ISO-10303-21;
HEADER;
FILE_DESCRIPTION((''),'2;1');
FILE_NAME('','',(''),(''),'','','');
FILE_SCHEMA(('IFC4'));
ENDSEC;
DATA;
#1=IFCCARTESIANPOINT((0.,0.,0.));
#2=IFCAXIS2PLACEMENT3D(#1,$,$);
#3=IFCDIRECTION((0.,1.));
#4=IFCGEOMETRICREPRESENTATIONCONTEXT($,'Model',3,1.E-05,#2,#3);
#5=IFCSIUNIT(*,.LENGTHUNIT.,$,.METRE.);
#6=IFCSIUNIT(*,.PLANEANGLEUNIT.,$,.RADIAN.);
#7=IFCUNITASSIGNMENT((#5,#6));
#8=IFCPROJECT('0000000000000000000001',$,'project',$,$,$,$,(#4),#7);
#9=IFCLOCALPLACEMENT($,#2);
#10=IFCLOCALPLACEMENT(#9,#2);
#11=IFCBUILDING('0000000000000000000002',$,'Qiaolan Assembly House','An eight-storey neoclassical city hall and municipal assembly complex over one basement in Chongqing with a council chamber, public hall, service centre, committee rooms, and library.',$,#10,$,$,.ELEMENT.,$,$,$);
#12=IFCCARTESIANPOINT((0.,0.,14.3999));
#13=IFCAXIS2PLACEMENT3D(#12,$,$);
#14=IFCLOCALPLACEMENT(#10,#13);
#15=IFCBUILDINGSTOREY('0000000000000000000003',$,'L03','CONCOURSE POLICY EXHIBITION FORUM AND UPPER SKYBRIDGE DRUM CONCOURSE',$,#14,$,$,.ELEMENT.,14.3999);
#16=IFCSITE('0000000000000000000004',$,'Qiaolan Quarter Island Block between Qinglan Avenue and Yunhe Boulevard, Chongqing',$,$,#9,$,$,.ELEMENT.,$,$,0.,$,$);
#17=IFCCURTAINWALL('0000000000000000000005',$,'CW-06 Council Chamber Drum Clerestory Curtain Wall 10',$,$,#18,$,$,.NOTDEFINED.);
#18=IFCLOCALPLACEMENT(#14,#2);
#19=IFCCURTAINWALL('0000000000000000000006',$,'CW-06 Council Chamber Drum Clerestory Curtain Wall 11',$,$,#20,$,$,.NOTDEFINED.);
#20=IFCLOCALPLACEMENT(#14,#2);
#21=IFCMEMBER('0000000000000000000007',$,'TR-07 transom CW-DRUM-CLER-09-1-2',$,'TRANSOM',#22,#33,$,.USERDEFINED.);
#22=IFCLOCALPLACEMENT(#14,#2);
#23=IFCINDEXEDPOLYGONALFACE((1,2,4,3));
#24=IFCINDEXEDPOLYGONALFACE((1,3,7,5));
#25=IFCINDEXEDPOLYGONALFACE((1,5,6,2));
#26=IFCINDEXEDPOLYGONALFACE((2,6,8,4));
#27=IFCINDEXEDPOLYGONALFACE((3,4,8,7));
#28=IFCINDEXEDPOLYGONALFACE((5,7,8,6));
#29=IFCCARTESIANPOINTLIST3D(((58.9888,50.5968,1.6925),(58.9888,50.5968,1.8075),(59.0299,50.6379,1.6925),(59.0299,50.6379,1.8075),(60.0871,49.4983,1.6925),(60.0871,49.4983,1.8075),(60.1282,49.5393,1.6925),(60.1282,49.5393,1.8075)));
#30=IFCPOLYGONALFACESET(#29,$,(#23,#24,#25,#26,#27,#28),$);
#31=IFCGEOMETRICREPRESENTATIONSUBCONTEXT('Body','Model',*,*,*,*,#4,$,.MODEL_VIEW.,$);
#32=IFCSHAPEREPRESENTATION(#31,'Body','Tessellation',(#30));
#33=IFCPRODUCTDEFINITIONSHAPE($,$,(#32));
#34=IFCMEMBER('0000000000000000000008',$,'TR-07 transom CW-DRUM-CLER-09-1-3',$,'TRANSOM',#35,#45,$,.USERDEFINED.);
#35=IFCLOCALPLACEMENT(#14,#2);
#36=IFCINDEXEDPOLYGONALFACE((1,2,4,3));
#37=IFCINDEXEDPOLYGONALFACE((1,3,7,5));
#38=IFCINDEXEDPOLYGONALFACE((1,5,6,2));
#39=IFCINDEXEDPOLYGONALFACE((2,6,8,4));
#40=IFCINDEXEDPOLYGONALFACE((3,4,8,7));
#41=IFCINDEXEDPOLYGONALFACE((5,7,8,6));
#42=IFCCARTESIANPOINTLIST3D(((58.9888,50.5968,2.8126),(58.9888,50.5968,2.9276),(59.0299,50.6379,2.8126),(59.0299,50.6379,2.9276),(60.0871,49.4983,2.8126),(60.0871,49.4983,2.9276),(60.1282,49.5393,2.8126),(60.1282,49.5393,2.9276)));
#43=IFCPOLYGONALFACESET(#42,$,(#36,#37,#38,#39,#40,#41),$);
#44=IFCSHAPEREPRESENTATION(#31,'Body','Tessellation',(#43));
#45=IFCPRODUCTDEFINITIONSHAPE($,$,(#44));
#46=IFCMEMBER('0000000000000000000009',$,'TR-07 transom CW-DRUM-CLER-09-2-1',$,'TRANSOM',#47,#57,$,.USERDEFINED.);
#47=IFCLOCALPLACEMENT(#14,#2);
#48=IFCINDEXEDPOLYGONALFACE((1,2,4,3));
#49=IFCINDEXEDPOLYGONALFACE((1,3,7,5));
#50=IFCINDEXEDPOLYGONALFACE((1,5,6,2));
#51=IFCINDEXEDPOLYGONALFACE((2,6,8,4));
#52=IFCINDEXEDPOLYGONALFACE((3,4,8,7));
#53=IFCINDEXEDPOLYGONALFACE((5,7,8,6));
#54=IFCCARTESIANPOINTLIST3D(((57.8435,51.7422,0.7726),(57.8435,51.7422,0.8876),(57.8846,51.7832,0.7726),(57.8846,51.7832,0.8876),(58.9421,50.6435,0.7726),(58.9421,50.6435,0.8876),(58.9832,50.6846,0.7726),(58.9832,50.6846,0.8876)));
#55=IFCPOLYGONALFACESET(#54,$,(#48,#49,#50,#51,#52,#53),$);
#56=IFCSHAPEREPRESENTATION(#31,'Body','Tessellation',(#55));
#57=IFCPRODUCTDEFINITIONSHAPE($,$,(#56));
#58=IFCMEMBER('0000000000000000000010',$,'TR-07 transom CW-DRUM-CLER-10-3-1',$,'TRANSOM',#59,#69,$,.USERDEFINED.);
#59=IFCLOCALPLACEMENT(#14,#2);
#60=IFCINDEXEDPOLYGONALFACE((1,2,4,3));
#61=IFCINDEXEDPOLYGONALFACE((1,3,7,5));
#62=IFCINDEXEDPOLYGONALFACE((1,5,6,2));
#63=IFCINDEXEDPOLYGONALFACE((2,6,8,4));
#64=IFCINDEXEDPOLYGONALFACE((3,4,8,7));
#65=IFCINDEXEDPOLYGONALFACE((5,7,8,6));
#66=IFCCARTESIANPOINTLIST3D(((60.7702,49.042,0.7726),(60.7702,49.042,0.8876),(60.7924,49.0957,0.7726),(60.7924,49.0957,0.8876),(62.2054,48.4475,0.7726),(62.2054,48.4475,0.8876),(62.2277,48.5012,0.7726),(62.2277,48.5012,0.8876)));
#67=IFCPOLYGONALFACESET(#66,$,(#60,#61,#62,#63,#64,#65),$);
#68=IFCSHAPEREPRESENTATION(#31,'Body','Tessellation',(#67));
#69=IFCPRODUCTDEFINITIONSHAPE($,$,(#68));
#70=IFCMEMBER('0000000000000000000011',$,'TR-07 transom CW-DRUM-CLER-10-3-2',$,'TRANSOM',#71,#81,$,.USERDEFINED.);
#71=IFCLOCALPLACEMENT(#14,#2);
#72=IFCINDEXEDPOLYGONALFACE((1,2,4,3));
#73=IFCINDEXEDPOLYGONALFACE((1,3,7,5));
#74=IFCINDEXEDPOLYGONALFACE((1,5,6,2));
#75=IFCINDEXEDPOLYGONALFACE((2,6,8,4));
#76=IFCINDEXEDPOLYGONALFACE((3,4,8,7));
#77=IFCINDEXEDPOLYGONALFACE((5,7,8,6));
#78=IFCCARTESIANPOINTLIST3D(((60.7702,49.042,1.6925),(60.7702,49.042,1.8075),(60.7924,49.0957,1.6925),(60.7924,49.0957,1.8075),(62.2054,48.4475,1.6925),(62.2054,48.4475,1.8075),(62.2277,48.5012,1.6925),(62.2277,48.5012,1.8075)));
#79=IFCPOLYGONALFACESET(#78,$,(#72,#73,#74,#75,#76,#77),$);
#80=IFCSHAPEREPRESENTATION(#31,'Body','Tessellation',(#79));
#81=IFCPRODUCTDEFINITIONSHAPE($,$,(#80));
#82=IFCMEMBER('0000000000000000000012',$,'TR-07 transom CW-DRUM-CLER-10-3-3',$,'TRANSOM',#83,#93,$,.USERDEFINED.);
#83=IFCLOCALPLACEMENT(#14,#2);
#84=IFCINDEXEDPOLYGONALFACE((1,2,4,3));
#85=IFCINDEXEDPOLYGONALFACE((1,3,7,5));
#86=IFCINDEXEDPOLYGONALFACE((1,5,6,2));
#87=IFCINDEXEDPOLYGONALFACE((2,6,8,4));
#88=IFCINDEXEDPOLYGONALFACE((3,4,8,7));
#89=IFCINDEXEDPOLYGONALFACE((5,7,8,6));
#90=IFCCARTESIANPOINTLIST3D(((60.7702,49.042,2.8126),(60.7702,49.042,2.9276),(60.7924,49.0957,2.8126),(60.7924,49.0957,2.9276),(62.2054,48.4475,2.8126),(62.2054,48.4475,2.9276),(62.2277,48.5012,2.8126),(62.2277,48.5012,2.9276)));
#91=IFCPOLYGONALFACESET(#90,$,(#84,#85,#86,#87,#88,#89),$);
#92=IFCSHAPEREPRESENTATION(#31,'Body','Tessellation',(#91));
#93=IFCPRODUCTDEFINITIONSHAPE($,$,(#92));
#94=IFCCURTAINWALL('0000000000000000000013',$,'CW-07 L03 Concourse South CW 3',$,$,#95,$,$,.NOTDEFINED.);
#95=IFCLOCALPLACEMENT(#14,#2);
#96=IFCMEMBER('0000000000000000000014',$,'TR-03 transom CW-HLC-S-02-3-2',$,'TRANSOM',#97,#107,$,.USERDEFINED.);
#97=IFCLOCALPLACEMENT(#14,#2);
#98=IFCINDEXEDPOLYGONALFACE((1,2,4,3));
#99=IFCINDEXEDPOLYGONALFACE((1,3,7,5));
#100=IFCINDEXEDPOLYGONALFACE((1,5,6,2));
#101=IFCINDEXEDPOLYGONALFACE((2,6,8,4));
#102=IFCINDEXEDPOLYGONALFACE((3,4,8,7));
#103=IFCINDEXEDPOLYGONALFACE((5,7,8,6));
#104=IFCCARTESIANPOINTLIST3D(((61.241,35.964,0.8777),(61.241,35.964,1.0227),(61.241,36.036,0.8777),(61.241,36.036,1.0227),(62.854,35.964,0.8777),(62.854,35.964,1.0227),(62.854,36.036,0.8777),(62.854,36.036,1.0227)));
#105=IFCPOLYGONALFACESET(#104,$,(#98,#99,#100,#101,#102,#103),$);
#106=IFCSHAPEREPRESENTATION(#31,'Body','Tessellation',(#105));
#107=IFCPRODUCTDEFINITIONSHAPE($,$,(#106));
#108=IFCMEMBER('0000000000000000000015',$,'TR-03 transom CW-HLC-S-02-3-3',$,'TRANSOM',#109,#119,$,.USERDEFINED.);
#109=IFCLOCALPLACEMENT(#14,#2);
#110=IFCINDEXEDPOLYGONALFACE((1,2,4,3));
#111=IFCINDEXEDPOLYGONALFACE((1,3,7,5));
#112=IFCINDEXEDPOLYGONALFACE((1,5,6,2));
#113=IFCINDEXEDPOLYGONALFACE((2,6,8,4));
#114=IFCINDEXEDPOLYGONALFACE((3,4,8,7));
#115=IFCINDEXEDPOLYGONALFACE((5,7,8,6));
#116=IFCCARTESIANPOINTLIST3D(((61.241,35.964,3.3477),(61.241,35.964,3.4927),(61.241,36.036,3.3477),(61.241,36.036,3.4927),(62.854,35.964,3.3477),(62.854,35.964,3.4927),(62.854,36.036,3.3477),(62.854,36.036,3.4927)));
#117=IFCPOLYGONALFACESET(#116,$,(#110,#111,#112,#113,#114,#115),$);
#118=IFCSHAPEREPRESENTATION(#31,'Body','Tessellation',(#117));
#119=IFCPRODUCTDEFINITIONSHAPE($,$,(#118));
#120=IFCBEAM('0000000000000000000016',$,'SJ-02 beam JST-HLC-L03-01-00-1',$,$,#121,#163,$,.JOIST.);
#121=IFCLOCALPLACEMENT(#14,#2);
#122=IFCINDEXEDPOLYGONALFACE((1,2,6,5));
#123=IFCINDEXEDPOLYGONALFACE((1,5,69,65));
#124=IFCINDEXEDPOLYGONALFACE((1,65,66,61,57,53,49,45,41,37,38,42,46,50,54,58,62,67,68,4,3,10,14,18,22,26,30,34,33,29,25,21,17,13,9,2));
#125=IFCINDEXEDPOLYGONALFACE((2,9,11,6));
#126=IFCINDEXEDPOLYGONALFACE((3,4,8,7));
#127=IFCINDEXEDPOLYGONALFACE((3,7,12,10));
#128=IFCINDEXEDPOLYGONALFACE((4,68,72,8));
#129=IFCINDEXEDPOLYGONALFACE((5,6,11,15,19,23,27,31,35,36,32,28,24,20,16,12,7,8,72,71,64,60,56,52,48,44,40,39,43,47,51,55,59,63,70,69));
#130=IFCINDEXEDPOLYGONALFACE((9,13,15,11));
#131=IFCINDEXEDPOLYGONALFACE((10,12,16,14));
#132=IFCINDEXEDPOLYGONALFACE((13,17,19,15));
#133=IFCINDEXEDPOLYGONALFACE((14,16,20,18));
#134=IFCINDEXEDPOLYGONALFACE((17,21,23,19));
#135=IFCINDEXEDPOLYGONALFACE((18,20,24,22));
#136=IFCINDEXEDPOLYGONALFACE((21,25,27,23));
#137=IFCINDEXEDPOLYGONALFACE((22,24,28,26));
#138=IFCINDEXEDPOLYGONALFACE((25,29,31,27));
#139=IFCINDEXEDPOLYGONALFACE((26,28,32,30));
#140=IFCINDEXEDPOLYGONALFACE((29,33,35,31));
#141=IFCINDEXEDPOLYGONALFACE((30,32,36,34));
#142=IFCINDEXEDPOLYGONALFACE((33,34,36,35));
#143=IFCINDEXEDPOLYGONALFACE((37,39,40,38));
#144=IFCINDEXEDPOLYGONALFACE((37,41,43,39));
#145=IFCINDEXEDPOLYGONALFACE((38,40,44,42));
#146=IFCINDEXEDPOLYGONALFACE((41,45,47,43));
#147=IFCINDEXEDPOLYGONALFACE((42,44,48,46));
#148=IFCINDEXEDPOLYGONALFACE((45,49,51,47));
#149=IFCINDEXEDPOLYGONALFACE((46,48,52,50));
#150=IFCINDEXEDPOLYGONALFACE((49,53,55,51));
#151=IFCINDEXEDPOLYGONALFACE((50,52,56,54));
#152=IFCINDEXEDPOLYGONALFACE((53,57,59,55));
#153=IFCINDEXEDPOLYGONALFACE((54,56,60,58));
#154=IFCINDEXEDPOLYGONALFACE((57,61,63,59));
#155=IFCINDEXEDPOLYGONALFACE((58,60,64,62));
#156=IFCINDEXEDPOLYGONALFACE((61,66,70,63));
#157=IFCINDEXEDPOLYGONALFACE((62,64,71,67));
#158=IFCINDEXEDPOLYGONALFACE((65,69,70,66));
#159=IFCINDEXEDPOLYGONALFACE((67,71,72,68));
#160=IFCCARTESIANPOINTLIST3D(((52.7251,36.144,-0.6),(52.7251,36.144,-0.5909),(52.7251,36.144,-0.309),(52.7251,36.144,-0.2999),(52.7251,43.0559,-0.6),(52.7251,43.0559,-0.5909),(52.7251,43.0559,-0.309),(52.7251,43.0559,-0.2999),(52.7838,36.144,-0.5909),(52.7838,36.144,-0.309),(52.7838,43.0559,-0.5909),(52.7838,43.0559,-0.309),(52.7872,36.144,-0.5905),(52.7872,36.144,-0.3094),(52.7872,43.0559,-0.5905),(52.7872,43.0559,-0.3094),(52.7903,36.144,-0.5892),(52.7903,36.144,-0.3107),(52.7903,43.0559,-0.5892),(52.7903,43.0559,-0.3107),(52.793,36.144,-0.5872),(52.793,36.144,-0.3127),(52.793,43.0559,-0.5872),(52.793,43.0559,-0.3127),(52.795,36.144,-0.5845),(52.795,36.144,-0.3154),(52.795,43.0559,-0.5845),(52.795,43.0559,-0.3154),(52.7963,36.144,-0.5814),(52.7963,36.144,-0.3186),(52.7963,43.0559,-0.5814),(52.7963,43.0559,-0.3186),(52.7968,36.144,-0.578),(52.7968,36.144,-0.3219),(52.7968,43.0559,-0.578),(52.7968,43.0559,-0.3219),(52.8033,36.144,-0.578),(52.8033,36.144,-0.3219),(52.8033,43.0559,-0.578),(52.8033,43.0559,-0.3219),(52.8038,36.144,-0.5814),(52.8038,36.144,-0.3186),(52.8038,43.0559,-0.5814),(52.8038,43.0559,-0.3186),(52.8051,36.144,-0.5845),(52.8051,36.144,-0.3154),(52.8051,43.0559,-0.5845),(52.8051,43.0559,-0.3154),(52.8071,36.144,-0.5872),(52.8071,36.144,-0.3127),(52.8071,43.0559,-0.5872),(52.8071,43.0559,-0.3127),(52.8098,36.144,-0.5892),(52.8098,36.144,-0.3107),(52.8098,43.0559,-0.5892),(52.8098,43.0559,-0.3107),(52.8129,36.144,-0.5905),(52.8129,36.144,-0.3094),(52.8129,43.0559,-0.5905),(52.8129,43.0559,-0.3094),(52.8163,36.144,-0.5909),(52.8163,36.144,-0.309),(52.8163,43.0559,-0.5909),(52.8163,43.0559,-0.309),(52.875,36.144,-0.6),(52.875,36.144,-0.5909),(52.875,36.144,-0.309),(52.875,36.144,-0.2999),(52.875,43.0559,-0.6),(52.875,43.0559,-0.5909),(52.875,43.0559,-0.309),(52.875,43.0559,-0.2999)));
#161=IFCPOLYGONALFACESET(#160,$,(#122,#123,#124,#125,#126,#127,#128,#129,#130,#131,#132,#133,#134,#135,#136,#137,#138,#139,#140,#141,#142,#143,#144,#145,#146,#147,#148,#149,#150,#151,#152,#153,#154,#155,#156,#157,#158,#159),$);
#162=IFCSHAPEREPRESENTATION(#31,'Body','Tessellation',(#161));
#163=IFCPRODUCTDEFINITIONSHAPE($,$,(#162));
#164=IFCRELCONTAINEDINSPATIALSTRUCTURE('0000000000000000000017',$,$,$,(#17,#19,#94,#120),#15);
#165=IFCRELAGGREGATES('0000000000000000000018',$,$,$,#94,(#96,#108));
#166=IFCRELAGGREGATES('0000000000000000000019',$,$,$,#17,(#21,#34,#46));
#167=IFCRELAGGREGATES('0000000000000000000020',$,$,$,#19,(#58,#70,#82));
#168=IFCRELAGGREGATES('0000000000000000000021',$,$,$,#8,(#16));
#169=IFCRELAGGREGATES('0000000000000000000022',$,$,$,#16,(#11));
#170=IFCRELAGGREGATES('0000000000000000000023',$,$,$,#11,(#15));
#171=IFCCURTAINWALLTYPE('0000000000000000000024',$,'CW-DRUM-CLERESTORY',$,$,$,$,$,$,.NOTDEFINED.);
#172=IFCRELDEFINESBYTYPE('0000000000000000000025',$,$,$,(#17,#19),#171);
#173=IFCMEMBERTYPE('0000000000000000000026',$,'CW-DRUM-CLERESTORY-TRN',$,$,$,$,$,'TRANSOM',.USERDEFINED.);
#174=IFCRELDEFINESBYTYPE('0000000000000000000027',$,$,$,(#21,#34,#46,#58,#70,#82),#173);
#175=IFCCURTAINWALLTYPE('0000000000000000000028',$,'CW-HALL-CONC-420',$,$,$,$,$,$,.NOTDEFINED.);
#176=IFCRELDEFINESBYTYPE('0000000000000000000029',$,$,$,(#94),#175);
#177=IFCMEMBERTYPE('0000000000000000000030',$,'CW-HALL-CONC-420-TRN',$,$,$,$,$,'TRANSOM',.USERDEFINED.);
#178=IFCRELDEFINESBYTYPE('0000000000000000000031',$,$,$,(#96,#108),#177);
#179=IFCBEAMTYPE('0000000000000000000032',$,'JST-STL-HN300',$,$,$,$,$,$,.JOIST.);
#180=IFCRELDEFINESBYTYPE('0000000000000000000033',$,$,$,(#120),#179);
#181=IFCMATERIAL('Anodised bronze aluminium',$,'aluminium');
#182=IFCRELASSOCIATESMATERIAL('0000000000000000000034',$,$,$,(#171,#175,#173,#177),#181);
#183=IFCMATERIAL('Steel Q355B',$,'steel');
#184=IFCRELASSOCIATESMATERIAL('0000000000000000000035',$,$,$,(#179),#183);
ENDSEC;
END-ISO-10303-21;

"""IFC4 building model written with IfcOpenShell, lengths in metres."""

from ifc_helpers import new_model, si_unit, direction, frame, origin, origin_2d, place, context, subcontext, project, spatial, rectangle, i_section, extrude, material, material_profile, profile_set, type_object, element, aggregate, save


model = new_model("IFC4")

# Units and contexts
model_context = context("Model", 3, precision=1e-05, world=origin(), true_north=direction((0.0, 1.0)))
body_context = subcontext(model_context, "Body", "Model", "MODEL_VIEW")
ifc_project = project(units=[si_unit("LENGTHUNIT", "METRE"), si_unit("PLANEANGLEUNIT", "RADIAN")], contexts=[model_context])

# Site, building, storey
site_placement = place(None, origin())
site = spatial("IfcSite", under=ifc_project, at=site_placement, Name="Qiaolan Quarter Island Block between Qinglan Avenue and Yunhe Boulevard, Chongqing", CompositionType="ELEMENT", RefElevation=0.0)
building_placement = place(site_placement, origin())
building = spatial("IfcBuilding", under=site, at=building_placement, Name="Qiaolan Assembly House", Description="An eight-storey neoclassical city hall and municipal assembly complex over one basement in Chongqing with a council chamber, public hall, service centre, committee rooms, and library.", CompositionType="ELEMENT")
storey_placement = place(building_placement, frame((0.0, 0.0, 14.3999)))
storey = spatial("IfcBuildingStorey", under=building, at=storey_placement, Name="L03", Description="CONCOURSE POLICY EXHIBITION FORUM AND UPPER SKYBRIDGE DRUM CONCOURSE", CompositionType="ELEMENT", Elevation=14.3999)

# Shared definitions
ifc_material_1 = material(Name="Steel Q355B", Category="steel")

# Curtain wall
ifc_material_2 = material(Name="Anodised bronze aluminium", Category="aluminium")
curtain_wall_type_1 = type_object("IfcCurtainWallType", Name="CW-DRUM-CLERESTORY", PredefinedType="NOTDEFINED", material=ifc_material_2)
curtain_wall_1_placement = place(storey_placement, origin())
curtain_wall_1 = element("IfcCurtainWall", 1, at=curtain_wall_1_placement, inside=storey, type_object=curtain_wall_type_1, Name="CW-06 Council Chamber Drum Clerestory Curtain Wall 10", PredefinedType="NOTDEFINED")

# Curtain wall
curtain_wall_2_placement = place(storey_placement, origin())
curtain_wall_2 = element("IfcCurtainWall", 2, at=curtain_wall_2_placement, inside=storey, type_object=curtain_wall_type_1, Name="CW-06 Council Chamber Drum Clerestory Curtain Wall 11", PredefinedType="NOTDEFINED")

# Members
ifc_material_profile_1 = material_profile(ifc_material_2, rectangle(XDim=0.0581, YDim=0.115, at=origin_2d()), Name="TRN 58x115")
ifc_profile_set_1 = profile_set([ifc_material_profile_1], Name="Anodised bronze aluminium")
member_type_1 = type_object("IfcMemberType", Name="CW-DRUM-CLERESTORY-TRN", ElementType="TRANSOM", PredefinedType="USERDEFINED", material=ifc_profile_set_1)
member_1_placement = place(storey_placement, frame((60.1077, 49.5188, 1.75), z_axis=(-0.707028, 0.707185, 0.0), x_axis=(-0.707185, -0.707028, 0.0)))
member_1 = element("IfcMember", 3, at=member_1_placement, type_object=member_type_1, Name="TR-07 transom CW-DRUM-CLER-09-1-2", ObjectType="TRANSOM", PredefinedType="USERDEFINED", context=body_context, shape_type="SweptSolid", body=[
    extrude(rectangle(XDim=0.0581, YDim=0.115, at=origin_2d()), origin(), (0.0, 0.0, 1.0), 1.5535),
])
member_2_placement = place(storey_placement, frame((60.1077, 49.5188, 2.8701), z_axis=(-0.707028, 0.707185, 0.0), x_axis=(-0.707185, -0.707028, 0.0)))
member_2 = element("IfcMember", 4, at=member_2_placement, type_object=member_type_1, Name="TR-07 transom CW-DRUM-CLER-09-1-3", ObjectType="TRANSOM", PredefinedType="USERDEFINED", context=body_context, shape_type="SweptSolid", body=[
    extrude(rectangle(XDim=0.0581, YDim=0.115, at=origin_2d()), origin(), (0.0, 0.0, 1.0), 1.5535),
])
member_3_placement = place(storey_placement, frame((58.9626, 50.6641, 0.8301), z_axis=(-0.707107, 0.707107, 0.0), x_axis=(-0.707107, -0.707107, 0.0)))
member_3 = element("IfcMember", 5, at=member_3_placement, type_object=member_type_1, Name="TR-07 transom CW-DRUM-CLER-09-2-1", ObjectType="TRANSOM", PredefinedType="USERDEFINED", context=body_context, shape_type="SweptSolid", body=[
    extrude(rectangle(XDim=0.0581, YDim=0.115, at=origin_2d()), origin(), (0.0, 0.0, 1.0), 1.5537),
])
member_4_placement = place(storey_placement, frame((62.2166, 48.4744, 0.8301), z_axis=(-0.923889, 0.382662, 0.0), x_axis=(-0.382662, -0.923889, 0.0)))
member_4 = element("IfcMember", 6, at=member_4_placement, type_object=member_type_1, Name="TR-07 transom CW-DRUM-CLER-10-3-1", ObjectType="TRANSOM", PredefinedType="USERDEFINED", context=body_context, shape_type="SweptSolid", body=[
    extrude(rectangle(XDim=0.0581, YDim=0.115, at=origin_2d()), origin(), (0.0, 0.0, 1.0), 1.5535),
])
member_5_placement = place(storey_placement, frame((62.2166, 48.4744, 1.75), z_axis=(-0.923889, 0.382662, 0.0), x_axis=(-0.382662, -0.923889, 0.0)))
member_5 = element("IfcMember", 7, at=member_5_placement, type_object=member_type_1, Name="TR-07 transom CW-DRUM-CLER-10-3-2", ObjectType="TRANSOM", PredefinedType="USERDEFINED", context=body_context, shape_type="SweptSolid", body=[
    extrude(rectangle(XDim=0.0581, YDim=0.115, at=origin_2d()), origin(), (0.0, 0.0, 1.0), 1.5535),
])
member_6_placement = place(storey_placement, frame((62.2166, 48.4744, 2.8701), z_axis=(-0.923889, 0.382662, 0.0), x_axis=(-0.382662, -0.923889, 0.0)))
member_6 = element("IfcMember", 8, at=member_6_placement, type_object=member_type_1, Name="TR-07 transom CW-DRUM-CLER-10-3-3", ObjectType="TRANSOM", PredefinedType="USERDEFINED", context=body_context, shape_type="SweptSolid", body=[
    extrude(rectangle(XDim=0.0581, YDim=0.115, at=origin_2d()), origin(), (0.0, 0.0, 1.0), 1.5535),
])

# Curtain wall, members
curtain_wall_type_2 = type_object("IfcCurtainWallType", Name="CW-HALL-CONC-420", PredefinedType="NOTDEFINED", material=ifc_material_2)
curtain_wall_3_placement = place(storey_placement, origin())
curtain_wall_3 = element("IfcCurtainWall", 9, at=curtain_wall_3_placement, inside=storey, type_object=curtain_wall_type_2, Name="CW-07 L03 Concourse South CW 3", PredefinedType="NOTDEFINED")
ifc_material_profile_2 = material_profile(ifc_material_2, rectangle(XDim=0.072, YDim=0.145, at=origin_2d()), Name="TRN 72x145")
ifc_profile_set_2 = profile_set([ifc_material_profile_2], Name="Anodised bronze aluminium")
member_type_2 = type_object("IfcMemberType", Name="CW-HALL-CONC-420-TRN", ElementType="TRANSOM", PredefinedType="USERDEFINED", material=ifc_profile_set_2)
member_7_placement = place(storey_placement, frame((61.241, 36.0, 0.9502), z_axis=(1.0, 0.0, 0.0), x_axis=(0.0, 1.0, 0.0)))
member_7 = element("IfcMember", 10, at=member_7_placement, type_object=member_type_2, Name="TR-03 transom CW-HLC-S-02-3-2", ObjectType="TRANSOM", PredefinedType="USERDEFINED", context=body_context, shape_type="SweptSolid", body=[
    extrude(rectangle(XDim=0.072, YDim=0.145, at=origin_2d()), origin(), (0.0, 0.0, 1.0), 1.613),
])
member_8_placement = place(storey_placement, frame((61.241, 36.0, 3.4202), z_axis=(1.0, 0.0, 0.0), x_axis=(0.0, 1.0, 0.0)))
member_8 = element("IfcMember", 11, at=member_8_placement, type_object=member_type_2, Name="TR-03 transom CW-HLC-S-02-3-3", ObjectType="TRANSOM", PredefinedType="USERDEFINED", context=body_context, shape_type="SweptSolid", body=[
    extrude(rectangle(XDim=0.072, YDim=0.145, at=origin_2d()), origin(), (0.0, 0.0, 1.0), 1.613),
])
aggregate(curtain_wall_3, [member_7, member_8])

# Beam
ifc_material_profile_3 = material_profile(ifc_material_1, i_section(OverallWidth=0.1499, OverallDepth=0.3, WebThickness=0.0066, FlangeThickness=0.009, FilletRadius=0.0129, at=origin_2d()), Name="HN 300x150x6.5x9")
ifc_profile_set_3 = profile_set([ifc_material_profile_3], Name="Steel Q355B")
beam_type_1 = type_object("IfcBeamType", Name="JST-STL-HN300", PredefinedType="JOIST", material=ifc_profile_set_3)
for number, where, z_axis, x_axis, name in (
    (12, (52.8, 36.144, -0.45), (0.0, 1.0, 0.0), (-1.0, 0.0, 0.0), "SJ-02 beam JST-HLC-L03-01-00-1"),
):
    element("IfcBeam", number, at=place(storey_placement, frame(where, z_axis=z_axis, x_axis=x_axis)), inside=storey, type_object=beam_type_1, Name=name, PredefinedType="JOIST", context=body_context, shape_type="SweptSolid", body=[
        extrude(i_section(OverallWidth=0.1499, OverallDepth=0.3, WebThickness=0.0066, FlangeThickness=0.009, FilletRadius=0.0129, at=origin_2d()), origin(), (0.0, 0.0, 1.0), 6.9119),
    ])

aggregate(curtain_wall_1, [member_1, member_2, member_3])
aggregate(curtain_wall_2, [member_4, member_5, member_6])

save(model, "model.ifc")
